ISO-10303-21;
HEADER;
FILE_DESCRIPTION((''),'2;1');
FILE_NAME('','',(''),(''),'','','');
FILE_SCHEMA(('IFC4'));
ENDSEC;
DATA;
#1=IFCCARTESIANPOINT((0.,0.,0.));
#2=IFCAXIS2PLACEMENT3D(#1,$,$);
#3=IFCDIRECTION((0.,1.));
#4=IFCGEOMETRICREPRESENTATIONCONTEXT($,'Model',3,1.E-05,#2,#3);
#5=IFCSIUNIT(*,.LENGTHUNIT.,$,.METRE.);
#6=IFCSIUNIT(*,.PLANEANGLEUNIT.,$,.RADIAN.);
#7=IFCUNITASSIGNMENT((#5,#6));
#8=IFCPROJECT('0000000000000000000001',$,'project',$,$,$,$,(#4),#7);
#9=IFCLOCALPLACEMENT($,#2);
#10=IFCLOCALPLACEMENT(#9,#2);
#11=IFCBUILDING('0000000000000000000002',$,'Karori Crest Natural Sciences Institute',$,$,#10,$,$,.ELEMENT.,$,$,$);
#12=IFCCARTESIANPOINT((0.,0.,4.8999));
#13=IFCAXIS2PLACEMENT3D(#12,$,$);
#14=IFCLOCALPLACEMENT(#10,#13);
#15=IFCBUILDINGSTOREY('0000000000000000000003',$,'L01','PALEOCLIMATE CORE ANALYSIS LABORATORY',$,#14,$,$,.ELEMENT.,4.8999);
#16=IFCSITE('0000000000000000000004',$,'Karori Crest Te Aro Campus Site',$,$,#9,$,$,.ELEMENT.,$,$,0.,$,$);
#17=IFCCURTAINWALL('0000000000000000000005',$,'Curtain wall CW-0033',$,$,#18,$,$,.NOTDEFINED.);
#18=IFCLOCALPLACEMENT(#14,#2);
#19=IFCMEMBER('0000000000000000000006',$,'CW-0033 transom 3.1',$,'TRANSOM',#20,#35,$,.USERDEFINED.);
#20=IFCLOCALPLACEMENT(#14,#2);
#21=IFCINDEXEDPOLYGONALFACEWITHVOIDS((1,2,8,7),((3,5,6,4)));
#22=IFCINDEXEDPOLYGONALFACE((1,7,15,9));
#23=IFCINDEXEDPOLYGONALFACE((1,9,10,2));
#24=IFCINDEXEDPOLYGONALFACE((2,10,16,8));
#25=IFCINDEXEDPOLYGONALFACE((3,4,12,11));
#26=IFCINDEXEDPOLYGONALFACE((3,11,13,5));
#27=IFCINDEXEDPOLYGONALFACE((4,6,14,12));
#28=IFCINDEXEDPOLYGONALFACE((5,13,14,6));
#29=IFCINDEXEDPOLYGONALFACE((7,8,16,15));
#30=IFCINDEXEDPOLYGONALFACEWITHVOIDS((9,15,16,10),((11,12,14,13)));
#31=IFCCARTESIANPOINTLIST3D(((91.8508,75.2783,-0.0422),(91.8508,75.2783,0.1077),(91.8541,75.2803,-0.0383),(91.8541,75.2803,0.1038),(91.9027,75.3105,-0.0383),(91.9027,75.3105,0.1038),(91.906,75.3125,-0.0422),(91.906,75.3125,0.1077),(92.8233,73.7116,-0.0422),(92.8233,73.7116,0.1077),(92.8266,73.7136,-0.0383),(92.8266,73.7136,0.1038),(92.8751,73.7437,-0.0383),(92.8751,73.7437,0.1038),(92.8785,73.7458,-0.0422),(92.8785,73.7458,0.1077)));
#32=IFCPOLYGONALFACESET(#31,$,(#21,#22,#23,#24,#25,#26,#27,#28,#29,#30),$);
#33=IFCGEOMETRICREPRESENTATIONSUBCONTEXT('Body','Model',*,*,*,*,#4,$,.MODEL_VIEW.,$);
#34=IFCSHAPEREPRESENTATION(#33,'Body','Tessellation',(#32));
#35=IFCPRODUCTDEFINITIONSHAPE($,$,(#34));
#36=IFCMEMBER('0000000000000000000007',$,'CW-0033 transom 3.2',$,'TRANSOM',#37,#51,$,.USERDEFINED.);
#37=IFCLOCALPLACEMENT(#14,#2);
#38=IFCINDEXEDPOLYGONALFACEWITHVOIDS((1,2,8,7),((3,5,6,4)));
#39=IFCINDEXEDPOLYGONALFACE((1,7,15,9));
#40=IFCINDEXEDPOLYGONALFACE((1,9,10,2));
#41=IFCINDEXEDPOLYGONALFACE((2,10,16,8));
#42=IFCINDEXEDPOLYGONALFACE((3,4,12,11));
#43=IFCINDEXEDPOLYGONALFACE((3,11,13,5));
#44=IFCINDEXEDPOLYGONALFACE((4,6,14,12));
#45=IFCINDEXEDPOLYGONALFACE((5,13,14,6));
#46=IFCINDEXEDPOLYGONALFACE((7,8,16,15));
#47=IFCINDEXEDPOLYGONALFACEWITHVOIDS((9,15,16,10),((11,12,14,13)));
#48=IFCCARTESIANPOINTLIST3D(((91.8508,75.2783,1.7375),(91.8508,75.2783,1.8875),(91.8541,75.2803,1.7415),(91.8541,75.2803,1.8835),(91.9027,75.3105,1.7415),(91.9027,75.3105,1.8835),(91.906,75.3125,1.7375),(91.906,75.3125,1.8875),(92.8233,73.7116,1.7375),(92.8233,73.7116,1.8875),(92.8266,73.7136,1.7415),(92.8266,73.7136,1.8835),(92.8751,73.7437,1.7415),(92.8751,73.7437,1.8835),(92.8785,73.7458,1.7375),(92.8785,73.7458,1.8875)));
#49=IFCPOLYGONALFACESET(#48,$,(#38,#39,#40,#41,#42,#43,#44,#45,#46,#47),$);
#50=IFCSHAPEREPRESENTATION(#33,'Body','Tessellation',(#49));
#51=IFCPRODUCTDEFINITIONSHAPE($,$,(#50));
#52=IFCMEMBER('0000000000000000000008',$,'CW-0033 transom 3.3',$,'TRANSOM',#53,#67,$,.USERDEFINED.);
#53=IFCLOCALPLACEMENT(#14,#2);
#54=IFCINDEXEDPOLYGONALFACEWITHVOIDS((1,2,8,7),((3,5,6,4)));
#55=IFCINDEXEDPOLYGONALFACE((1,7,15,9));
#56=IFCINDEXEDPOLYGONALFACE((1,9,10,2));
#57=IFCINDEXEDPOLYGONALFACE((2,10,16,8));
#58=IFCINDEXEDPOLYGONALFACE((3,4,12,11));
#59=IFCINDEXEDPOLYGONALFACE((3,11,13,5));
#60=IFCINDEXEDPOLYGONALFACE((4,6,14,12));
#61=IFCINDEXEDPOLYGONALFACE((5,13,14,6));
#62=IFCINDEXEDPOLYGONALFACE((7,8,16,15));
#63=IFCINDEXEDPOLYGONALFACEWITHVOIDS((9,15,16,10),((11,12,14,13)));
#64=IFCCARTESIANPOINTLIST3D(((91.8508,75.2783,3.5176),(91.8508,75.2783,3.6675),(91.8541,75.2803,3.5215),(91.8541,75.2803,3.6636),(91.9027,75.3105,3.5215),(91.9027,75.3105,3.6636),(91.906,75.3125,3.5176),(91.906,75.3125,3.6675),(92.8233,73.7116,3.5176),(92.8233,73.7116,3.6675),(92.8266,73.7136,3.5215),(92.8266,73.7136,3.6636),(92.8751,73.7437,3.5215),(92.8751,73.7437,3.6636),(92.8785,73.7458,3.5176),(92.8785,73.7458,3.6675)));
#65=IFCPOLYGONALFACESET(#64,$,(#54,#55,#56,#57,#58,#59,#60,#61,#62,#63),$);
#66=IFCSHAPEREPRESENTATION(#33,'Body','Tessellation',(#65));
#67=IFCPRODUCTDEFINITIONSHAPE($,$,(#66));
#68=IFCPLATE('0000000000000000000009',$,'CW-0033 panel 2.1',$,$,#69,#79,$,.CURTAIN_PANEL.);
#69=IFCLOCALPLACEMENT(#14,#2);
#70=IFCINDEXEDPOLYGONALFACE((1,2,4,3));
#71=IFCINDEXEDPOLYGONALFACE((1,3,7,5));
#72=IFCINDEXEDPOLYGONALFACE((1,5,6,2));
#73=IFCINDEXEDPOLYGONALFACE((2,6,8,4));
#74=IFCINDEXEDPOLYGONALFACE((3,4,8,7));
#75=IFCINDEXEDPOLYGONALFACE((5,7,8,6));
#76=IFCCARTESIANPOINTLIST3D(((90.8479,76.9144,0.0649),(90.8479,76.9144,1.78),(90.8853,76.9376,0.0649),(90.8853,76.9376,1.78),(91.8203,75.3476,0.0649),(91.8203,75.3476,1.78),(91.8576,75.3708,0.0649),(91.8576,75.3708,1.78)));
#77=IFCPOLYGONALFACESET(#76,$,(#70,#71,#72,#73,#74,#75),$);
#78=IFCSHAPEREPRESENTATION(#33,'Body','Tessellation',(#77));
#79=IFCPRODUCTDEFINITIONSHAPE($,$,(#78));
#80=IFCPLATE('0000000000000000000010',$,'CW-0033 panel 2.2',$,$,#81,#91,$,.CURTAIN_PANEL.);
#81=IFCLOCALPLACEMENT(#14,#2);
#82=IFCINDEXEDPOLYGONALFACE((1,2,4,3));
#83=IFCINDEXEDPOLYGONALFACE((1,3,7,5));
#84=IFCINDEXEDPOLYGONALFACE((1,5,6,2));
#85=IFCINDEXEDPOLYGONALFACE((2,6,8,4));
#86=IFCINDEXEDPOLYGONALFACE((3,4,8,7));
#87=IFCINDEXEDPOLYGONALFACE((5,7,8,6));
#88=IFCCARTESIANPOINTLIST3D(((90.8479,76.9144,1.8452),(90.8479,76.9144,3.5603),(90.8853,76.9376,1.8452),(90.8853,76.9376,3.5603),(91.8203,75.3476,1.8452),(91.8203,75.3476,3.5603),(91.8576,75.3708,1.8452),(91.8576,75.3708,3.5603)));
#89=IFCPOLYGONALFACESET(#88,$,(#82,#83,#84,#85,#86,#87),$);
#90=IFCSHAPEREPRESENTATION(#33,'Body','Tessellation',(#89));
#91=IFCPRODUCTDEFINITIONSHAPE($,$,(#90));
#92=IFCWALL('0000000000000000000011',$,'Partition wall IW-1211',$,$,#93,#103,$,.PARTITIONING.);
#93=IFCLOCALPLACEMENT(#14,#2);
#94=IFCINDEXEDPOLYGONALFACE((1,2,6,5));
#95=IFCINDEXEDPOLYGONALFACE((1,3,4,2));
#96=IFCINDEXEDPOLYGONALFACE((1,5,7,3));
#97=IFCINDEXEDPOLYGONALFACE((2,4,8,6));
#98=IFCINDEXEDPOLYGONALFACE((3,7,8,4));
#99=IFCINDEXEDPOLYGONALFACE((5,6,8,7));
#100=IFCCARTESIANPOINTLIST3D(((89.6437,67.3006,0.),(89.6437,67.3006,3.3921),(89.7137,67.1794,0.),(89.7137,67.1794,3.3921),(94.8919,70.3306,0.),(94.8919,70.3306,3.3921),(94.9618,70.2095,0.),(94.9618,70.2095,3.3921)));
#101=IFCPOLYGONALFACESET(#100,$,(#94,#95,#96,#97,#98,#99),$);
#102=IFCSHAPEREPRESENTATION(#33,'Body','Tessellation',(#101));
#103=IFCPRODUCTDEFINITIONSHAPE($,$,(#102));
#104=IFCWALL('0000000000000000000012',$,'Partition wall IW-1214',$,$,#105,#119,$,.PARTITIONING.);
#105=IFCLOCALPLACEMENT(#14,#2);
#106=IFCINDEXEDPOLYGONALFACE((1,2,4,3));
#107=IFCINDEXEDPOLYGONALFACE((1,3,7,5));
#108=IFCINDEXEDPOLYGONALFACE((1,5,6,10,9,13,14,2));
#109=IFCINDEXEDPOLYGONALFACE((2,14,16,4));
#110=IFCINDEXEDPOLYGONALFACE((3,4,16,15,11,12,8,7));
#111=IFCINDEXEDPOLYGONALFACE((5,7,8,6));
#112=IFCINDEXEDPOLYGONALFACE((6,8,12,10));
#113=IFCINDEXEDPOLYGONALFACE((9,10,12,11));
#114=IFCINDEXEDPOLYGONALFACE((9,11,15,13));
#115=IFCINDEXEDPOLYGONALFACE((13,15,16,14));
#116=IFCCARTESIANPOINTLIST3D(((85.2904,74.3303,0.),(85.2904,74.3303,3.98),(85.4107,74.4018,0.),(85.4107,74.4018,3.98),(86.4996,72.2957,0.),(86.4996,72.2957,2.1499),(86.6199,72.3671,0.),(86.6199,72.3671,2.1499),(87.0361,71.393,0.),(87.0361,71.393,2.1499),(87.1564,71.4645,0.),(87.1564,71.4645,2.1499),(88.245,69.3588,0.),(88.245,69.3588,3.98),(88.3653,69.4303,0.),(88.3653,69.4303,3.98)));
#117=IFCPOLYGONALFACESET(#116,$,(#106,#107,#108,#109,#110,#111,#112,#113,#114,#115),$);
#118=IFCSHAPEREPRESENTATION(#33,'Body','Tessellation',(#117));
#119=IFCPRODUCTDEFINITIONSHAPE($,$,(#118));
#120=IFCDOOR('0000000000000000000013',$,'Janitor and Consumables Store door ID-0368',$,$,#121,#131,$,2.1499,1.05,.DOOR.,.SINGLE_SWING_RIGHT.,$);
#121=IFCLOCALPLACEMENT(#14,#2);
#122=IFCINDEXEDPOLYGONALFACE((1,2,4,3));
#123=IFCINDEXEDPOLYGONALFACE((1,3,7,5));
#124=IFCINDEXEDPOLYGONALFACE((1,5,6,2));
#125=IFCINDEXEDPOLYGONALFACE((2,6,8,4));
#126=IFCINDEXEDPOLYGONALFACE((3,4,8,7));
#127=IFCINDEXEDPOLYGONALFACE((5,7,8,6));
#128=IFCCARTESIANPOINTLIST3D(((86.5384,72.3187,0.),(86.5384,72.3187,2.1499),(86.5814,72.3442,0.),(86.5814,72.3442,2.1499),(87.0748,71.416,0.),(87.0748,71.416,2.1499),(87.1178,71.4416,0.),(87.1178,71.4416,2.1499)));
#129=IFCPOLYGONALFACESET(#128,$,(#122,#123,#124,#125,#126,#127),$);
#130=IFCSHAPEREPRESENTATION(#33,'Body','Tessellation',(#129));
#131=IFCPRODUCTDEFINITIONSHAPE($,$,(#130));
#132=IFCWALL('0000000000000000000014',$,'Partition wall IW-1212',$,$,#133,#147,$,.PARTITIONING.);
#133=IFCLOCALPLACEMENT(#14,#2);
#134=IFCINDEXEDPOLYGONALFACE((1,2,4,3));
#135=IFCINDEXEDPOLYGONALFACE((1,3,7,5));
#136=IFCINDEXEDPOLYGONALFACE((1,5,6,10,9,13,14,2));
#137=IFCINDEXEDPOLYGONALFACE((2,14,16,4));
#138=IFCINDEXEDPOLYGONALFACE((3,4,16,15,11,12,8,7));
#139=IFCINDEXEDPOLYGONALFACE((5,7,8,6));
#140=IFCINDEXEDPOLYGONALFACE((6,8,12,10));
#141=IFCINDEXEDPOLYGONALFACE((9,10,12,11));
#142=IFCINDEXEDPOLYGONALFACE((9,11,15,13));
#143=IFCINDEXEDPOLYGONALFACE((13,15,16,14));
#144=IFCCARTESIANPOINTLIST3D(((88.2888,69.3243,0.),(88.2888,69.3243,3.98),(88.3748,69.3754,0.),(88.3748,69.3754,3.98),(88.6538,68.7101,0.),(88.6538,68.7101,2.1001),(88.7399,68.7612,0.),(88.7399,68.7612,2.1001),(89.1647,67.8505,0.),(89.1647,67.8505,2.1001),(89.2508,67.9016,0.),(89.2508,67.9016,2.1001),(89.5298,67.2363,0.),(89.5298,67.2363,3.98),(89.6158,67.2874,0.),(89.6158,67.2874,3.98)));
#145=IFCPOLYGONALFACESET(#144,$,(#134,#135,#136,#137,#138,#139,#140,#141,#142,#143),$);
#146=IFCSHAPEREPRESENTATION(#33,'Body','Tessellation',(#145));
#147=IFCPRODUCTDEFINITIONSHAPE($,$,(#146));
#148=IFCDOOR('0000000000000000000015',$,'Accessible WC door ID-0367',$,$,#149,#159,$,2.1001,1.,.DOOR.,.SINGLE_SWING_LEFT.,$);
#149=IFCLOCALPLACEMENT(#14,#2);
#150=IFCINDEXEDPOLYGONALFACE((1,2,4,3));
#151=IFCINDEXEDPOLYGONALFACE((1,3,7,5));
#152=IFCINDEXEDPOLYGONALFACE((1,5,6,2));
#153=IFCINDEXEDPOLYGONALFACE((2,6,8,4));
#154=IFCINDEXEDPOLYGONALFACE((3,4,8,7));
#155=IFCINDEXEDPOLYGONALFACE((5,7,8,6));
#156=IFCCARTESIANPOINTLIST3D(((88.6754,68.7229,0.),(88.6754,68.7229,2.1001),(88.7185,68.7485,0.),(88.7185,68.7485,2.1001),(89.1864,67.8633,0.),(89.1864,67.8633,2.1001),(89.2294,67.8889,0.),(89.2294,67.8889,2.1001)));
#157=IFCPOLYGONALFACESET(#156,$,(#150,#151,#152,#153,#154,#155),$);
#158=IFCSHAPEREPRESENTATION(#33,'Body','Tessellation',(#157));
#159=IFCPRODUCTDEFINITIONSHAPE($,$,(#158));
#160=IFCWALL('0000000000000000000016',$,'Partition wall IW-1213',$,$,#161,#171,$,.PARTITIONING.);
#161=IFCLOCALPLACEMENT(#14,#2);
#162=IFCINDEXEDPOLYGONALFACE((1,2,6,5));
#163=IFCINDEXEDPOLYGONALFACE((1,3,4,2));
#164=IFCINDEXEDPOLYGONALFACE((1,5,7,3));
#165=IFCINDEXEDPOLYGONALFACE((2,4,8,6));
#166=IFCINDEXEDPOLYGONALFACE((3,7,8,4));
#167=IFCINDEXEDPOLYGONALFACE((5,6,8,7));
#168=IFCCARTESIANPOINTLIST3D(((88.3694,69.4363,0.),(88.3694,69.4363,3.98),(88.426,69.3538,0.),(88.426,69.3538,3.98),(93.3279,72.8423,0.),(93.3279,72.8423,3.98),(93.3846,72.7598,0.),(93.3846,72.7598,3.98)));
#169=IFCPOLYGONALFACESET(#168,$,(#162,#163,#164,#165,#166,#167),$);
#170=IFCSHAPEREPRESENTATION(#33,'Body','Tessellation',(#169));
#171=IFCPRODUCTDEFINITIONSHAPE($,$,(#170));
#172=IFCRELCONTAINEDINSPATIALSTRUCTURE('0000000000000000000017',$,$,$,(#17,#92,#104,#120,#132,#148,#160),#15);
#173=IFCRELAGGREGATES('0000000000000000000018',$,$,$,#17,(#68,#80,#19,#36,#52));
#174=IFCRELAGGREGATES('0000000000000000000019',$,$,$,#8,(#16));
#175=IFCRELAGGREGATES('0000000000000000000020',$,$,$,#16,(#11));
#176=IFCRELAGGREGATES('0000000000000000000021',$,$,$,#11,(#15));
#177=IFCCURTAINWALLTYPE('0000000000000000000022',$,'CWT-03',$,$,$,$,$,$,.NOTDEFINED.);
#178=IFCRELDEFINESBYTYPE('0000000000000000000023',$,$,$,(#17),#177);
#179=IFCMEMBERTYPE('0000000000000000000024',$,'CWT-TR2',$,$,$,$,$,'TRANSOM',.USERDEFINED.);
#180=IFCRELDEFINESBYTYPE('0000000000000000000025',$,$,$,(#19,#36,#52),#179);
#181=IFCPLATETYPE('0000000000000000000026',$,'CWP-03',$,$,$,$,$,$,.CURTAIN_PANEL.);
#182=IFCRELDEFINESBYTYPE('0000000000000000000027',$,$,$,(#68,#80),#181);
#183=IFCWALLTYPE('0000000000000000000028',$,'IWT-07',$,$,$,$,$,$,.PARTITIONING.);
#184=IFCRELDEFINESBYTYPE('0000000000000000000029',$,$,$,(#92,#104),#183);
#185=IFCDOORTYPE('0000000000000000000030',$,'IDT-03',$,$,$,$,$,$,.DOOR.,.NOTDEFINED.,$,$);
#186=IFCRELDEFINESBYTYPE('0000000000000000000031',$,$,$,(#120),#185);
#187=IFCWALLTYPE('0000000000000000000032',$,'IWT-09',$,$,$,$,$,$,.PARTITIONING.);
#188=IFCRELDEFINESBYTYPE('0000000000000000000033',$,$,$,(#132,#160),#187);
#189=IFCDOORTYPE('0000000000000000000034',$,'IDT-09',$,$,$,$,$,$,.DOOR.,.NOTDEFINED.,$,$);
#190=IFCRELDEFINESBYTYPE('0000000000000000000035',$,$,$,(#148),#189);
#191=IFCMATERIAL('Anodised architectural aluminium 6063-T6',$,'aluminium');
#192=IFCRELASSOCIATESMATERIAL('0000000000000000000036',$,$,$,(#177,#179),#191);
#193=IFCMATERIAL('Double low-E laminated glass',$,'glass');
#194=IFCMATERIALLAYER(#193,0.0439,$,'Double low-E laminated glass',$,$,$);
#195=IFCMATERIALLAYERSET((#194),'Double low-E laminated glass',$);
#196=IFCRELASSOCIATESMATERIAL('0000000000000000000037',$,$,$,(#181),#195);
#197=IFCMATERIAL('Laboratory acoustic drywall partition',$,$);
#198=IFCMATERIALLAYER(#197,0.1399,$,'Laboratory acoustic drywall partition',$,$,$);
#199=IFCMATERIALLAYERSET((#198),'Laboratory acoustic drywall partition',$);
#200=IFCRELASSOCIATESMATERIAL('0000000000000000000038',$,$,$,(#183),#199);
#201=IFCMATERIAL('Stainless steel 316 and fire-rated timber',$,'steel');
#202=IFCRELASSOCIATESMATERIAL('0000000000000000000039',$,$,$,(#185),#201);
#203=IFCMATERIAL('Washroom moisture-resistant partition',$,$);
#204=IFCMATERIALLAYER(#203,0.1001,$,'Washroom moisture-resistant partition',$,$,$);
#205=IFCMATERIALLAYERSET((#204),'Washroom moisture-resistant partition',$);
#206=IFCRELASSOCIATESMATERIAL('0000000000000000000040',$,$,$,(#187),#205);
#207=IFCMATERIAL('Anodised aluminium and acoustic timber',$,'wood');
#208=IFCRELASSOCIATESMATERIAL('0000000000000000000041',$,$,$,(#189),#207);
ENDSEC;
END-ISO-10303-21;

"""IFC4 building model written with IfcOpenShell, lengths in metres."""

from ifc_helpers import new_model, si_unit, direction, frame, frame_2d, origin, origin_2d, place, context, subcontext, project, spatial, rectangle, hollow_rectangle, extrude, material, layer, layer_set, material_profile, profile_set, type_object, element, fill, aggregate, save


model = new_model("IFC4")

# Units and contexts
model_context = context("Model", 3, precision=1e-05, world=origin(), true_north=direction((0.0, 1.0)))
body_context = subcontext(model_context, "Body", "Model", "MODEL_VIEW")
ifc_project = project(units=[si_unit("LENGTHUNIT", "METRE"), si_unit("PLANEANGLEUNIT", "RADIAN")], contexts=[model_context])

# Site, building, storey
site_placement = place(None, origin())
site = spatial("IfcSite", under=ifc_project, at=site_placement, Name="Karori Crest Te Aro Campus Site", CompositionType="ELEMENT", RefElevation=0.0)
building_placement = place(site_placement, origin())
building = spatial("IfcBuilding", under=site, at=building_placement, Name="Karori Crest Natural Sciences Institute", CompositionType="ELEMENT")
storey_placement = place(building_placement, frame((0.0, 0.0, 4.8999)))
storey = spatial("IfcBuildingStorey", under=building, at=storey_placement, Name="L01", Description="PALEOCLIMATE CORE ANALYSIS LABORATORY", CompositionType="ELEMENT", Elevation=4.8999)

# Curtain wall
ifc_material_1 = material(Name="Anodised architectural aluminium 6063-T6", Category="aluminium")
curtain_wall_type_1 = type_object("IfcCurtainWallType", Name="CWT-03", PredefinedType="NOTDEFINED", material=ifc_material_1)
curtain_wall_1_placement = place(storey_placement, origin())
curtain_wall_1 = element("IfcCurtainWall", 1, at=curtain_wall_1_placement, inside=storey, type_object=curtain_wall_type_1, Name="Curtain wall CW-0033", PredefinedType="NOTDEFINED")

# Members
ifc_material_profile_1 = material_profile(ifc_material_1, hollow_rectangle(XDim=0.0649, YDim=0.1499, WallThickness=0.0039, at=origin_2d()), Name="CWT150x65x4")
ifc_profile_set_1 = profile_set([ifc_material_profile_1], Name="Anodised architectural aluminium 6063-T6")
member_type_1 = type_object("IfcMemberType", Name="CWT-TR2", ElementType="TRANSOM", PredefinedType="USERDEFINED", material=ifc_profile_set_1)
member_1_placement = place(storey_placement, frame((91.8784, 75.2954, 0.0327), z_axis=(0.527366, -0.849638, 0.0), x_axis=(0.849638, 0.527366, 0.0)))
member_1 = element("IfcMember", 2, at=member_1_placement, type_object=member_type_1, Name="CW-0033 transom 3.1", ObjectType="TRANSOM", PredefinedType="USERDEFINED", context=body_context, shape_type="SweptSolid", body=[
    extrude(hollow_rectangle(XDim=0.0649, YDim=0.1499, WallThickness=0.0039, at=origin_2d()), origin(), (0.0, 0.0, 1.0), 1.844),
])
member_2_placement = place(storey_placement, frame((91.8784, 75.2954, 1.8125), z_axis=(0.527366, -0.849638, 0.0), x_axis=(0.849638, 0.527366, 0.0)))
member_2 = element("IfcMember", 3, at=member_2_placement, type_object=member_type_1, Name="CW-0033 transom 3.2", ObjectType="TRANSOM", PredefinedType="USERDEFINED", context=body_context, shape_type="SweptSolid", body=[
    extrude(hollow_rectangle(XDim=0.0649, YDim=0.1499, WallThickness=0.0039, at=origin_2d()), origin(), (0.0, 0.0, 1.0), 1.844),
])
member_3_placement = place(storey_placement, frame((91.8784, 75.2954, 3.5925), z_axis=(0.527366, -0.849638, 0.0), x_axis=(0.849638, 0.527366, 0.0)))
member_3 = element("IfcMember", 4, at=member_3_placement, type_object=member_type_1, Name="CW-0033 transom 3.3", ObjectType="TRANSOM", PredefinedType="USERDEFINED", context=body_context, shape_type="SweptSolid", body=[
    extrude(hollow_rectangle(XDim=0.0649, YDim=0.1499, WallThickness=0.0039, at=origin_2d()), origin(), (0.0, 0.0, 1.0), 1.844),
])

# Plates
ifc_material_2 = material(Name="Double low-E laminated glass", Category="glass")
ifc_layer_1 = layer(ifc_material_2, 0.0439, Name="Double low-E laminated glass")
ifc_layer_set_1 = layer_set([ifc_layer_1], Name="Double low-E laminated glass")
plate_type = type_object("IfcPlateType", Name="CWP-03", PredefinedType="CURTAIN_PANEL", material=ifc_layer_set_1)
plate_1_placement = place(storey_placement, frame((91.3528, 76.1426, 0.0649), z_axis=(0.0, 0.0, 1.0), x_axis=(0.527322, -0.849666, 0.0)))
plate_1 = element("IfcPlate", 5, at=plate_1_placement, type_object=plate_type, Name="CW-0033 panel 2.1", PredefinedType="CURTAIN_PANEL", context=body_context, shape_type="SweptSolid", body=[
    extrude(rectangle(XDim=1.844, YDim=0.0439, at=origin_2d()), origin(), (0.0, 0.0, 1.0), 1.7151),
])
plate_2_placement = place(storey_placement, frame((91.3528, 76.1426, 1.8452), z_axis=(0.0, 0.0, 1.0), x_axis=(0.527322, -0.849666, 0.0)))
plate_2 = element("IfcPlate", 6, at=plate_2_placement, type_object=plate_type, Name="CW-0033 panel 2.2", PredefinedType="CURTAIN_PANEL", context=body_context, shape_type="SweptSolid", body=[
    extrude(rectangle(XDim=1.844, YDim=0.0439, at=origin_2d()), origin(), (0.0, 0.0, 1.0), 1.7151),
])
aggregate(curtain_wall_1, [plate_1, plate_2, member_1, member_2, member_3])

# Wall
ifc_material_3 = material(Name="Laboratory acoustic drywall partition")
ifc_layer_2 = layer(ifc_material_3, 0.1399, Name="Laboratory acoustic drywall partition")
ifc_layer_set_2 = layer_set([ifc_layer_2], Name="Laboratory acoustic drywall partition")
wall_type_1 = type_object("IfcWallType", Name="IWT-07", PredefinedType="PARTITIONING", material=ifc_layer_set_2)
wall_1_placement = place(storey_placement, frame((89.6787, 67.24, 0.0), z_axis=(0.0, 0.0, 1.0), x_axis=(0.866021, 0.500008, 0.0)))
element("IfcWall", 7, at=wall_1_placement, inside=storey, type_object=wall_type_1, Name="Partition wall IW-1211", PredefinedType="PARTITIONING", context=body_context, shape_type="SweptSolid", body=[
    extrude(rectangle(XDim=6.0601, YDim=0.1399, at=frame_2d((3.03, 0.0))), origin(), (0.0, 0.0, 1.0), 3.3921),
])

# Walls, openings, doors
wall_2_placement = place(storey_placement, frame((88.3052, 69.3945, 0.0), z_axis=(0.0, 0.0, 1.0), x_axis=(-0.510897, 0.859642, 0.0)))
wall_2 = element("IfcWall", 8, at=wall_2_placement, inside=storey, type_object=wall_type_1, Name="Partition wall IW-1214", PredefinedType="PARTITIONING", context=body_context, shape_type="SweptSolid", body=[
    extrude(rectangle(XDim=5.7832, YDim=0.1399, at=frame_2d((2.8916, 0.0))), origin(), (0.0, 0.0, 1.0), 3.98),
])
opening_1_placement = place(wall_2_placement, frame((2.3665, 0.0, 0.0)))
opening_1 = element("IfcOpeningElement", 9, at=opening_1_placement, cuts=wall_2, PredefinedType="OPENING", context=body_context, shape_type="SweptSolid", body=[
    extrude(rectangle(XDim=1.05, YDim=2.1499, at=frame_2d((0.5249, 1.075))), frame((0.0, 0.0801, 0.0), z_axis=(0.0, -1.0, 0.0), x_axis=(1.0, 0.0, 0.0)), (0.0, 0.0, 1.0), 0.1599),
])
ifc_material_4 = material(Name="Stainless steel 316 and fire-rated timber", Category="steel")
door_type_1 = type_object("IfcDoorType", Name="IDT-03", OperationType="NOTDEFINED", PredefinedType="DOOR", material=ifc_material_4)
door_1_placement = place(opening_1_placement, origin())
door_1 = element("IfcDoor", 10, at=door_1_placement, inside=storey, type_object=door_type_1, Name="Janitor and Consumables Store door ID-0368", OperationType="SINGLE_SWING_RIGHT", OverallHeight=2.1499, OverallWidth=1.05, PredefinedType="DOOR", context=body_context, shape_type="SweptSolid", body=[
    extrude(rectangle(XDim=1.05, YDim=2.1499, at=frame_2d((0.5249, 1.075))), frame((0.0, 0.0249, 0.0), z_axis=(0.0, -1.0, 0.0), x_axis=(1.0, 0.0, 0.0)), (0.0, 0.0, 1.0), 0.05),
])
fill(opening_1, door_1)
ifc_material_5 = material(Name="Washroom moisture-resistant partition")
ifc_layer_3 = layer(ifc_material_5, 0.1001, Name="Washroom moisture-resistant partition")
ifc_layer_set_3 = layer_set([ifc_layer_3], Name="Washroom moisture-resistant partition")
wall_type_2 = type_object("IfcWallType", Name="IWT-09", PredefinedType="PARTITIONING", material=ifc_layer_set_3)
wall_3_placement = place(storey_placement, frame((89.5728, 67.262, 0.0), z_axis=(0.0, 0.0, 1.0), x_axis=(-0.510929, 0.859623, 0.0)))
wall_3 = element("IfcWall", 11, at=wall_3_placement, inside=storey, type_object=wall_type_2, Name="Partition wall IW-1212", PredefinedType="PARTITIONING", context=body_context, shape_type="SweptSolid", body=[
    extrude(rectangle(XDim=2.429, YDim=0.1001, at=frame_2d((1.2144, 0.0))), origin(), (0.0, 0.0, 1.0), 3.98),
])
opening_2_placement = place(wall_3_placement, frame((0.7144, 0.0, 0.0)))
opening_2 = element("IfcOpeningElement", 12, at=opening_2_placement, cuts=wall_3, PredefinedType="OPENING", context=body_context, shape_type="SweptSolid", body=[
    extrude(rectangle(XDim=1.0, YDim=2.1001, at=frame_2d((0.5, 1.05))), frame((0.0, 0.0601, 0.0), z_axis=(0.0, -1.0, 0.0), x_axis=(1.0, 0.0, 0.0)), (0.0, 0.0, 1.0), 0.1201),
])
ifc_material_6 = material(Name="Anodised aluminium and acoustic timber", Category="wood")
door_type_2 = type_object("IfcDoorType", Name="IDT-09", OperationType="NOTDEFINED", PredefinedType="DOOR", material=ifc_material_6)
door_2_placement = place(opening_2_placement, origin())
door_2 = element("IfcDoor", 13, at=door_2_placement, inside=storey, type_object=door_type_2, Name="Accessible WC door ID-0367", OperationType="SINGLE_SWING_LEFT", OverallHeight=2.1001, OverallWidth=1.0, PredefinedType="DOOR", context=body_context, shape_type="SweptSolid", body=[
    extrude(rectangle(XDim=1.0, YDim=2.1001, at=frame_2d((0.5, 1.05))), frame((0.0, 0.0249, 0.0), z_axis=(0.0, -1.0, 0.0), x_axis=(1.0, 0.0, 0.0)), (0.0, 0.0, 1.0), 0.05),
])
fill(opening_2, door_2)

# Wall
wall_4_placement = place(storey_placement, frame((88.3977, 69.395, 0.0), z_axis=(0.0, 0.0, 1.0), x_axis=(0.824272, 0.566195, 0.0)))
element("IfcWall", 14, at=wall_4_placement, inside=storey, type_object=wall_type_2, Name="Partition wall IW-1213", PredefinedType="PARTITIONING", context=body_context, shape_type="SweptSolid", body=[
    extrude(rectangle(XDim=6.0156, YDim=0.1001, at=frame_2d((3.0078, 0.0))), origin(), (0.0, 0.0, 1.0), 3.98),
])

save(model, "model.ifc")
